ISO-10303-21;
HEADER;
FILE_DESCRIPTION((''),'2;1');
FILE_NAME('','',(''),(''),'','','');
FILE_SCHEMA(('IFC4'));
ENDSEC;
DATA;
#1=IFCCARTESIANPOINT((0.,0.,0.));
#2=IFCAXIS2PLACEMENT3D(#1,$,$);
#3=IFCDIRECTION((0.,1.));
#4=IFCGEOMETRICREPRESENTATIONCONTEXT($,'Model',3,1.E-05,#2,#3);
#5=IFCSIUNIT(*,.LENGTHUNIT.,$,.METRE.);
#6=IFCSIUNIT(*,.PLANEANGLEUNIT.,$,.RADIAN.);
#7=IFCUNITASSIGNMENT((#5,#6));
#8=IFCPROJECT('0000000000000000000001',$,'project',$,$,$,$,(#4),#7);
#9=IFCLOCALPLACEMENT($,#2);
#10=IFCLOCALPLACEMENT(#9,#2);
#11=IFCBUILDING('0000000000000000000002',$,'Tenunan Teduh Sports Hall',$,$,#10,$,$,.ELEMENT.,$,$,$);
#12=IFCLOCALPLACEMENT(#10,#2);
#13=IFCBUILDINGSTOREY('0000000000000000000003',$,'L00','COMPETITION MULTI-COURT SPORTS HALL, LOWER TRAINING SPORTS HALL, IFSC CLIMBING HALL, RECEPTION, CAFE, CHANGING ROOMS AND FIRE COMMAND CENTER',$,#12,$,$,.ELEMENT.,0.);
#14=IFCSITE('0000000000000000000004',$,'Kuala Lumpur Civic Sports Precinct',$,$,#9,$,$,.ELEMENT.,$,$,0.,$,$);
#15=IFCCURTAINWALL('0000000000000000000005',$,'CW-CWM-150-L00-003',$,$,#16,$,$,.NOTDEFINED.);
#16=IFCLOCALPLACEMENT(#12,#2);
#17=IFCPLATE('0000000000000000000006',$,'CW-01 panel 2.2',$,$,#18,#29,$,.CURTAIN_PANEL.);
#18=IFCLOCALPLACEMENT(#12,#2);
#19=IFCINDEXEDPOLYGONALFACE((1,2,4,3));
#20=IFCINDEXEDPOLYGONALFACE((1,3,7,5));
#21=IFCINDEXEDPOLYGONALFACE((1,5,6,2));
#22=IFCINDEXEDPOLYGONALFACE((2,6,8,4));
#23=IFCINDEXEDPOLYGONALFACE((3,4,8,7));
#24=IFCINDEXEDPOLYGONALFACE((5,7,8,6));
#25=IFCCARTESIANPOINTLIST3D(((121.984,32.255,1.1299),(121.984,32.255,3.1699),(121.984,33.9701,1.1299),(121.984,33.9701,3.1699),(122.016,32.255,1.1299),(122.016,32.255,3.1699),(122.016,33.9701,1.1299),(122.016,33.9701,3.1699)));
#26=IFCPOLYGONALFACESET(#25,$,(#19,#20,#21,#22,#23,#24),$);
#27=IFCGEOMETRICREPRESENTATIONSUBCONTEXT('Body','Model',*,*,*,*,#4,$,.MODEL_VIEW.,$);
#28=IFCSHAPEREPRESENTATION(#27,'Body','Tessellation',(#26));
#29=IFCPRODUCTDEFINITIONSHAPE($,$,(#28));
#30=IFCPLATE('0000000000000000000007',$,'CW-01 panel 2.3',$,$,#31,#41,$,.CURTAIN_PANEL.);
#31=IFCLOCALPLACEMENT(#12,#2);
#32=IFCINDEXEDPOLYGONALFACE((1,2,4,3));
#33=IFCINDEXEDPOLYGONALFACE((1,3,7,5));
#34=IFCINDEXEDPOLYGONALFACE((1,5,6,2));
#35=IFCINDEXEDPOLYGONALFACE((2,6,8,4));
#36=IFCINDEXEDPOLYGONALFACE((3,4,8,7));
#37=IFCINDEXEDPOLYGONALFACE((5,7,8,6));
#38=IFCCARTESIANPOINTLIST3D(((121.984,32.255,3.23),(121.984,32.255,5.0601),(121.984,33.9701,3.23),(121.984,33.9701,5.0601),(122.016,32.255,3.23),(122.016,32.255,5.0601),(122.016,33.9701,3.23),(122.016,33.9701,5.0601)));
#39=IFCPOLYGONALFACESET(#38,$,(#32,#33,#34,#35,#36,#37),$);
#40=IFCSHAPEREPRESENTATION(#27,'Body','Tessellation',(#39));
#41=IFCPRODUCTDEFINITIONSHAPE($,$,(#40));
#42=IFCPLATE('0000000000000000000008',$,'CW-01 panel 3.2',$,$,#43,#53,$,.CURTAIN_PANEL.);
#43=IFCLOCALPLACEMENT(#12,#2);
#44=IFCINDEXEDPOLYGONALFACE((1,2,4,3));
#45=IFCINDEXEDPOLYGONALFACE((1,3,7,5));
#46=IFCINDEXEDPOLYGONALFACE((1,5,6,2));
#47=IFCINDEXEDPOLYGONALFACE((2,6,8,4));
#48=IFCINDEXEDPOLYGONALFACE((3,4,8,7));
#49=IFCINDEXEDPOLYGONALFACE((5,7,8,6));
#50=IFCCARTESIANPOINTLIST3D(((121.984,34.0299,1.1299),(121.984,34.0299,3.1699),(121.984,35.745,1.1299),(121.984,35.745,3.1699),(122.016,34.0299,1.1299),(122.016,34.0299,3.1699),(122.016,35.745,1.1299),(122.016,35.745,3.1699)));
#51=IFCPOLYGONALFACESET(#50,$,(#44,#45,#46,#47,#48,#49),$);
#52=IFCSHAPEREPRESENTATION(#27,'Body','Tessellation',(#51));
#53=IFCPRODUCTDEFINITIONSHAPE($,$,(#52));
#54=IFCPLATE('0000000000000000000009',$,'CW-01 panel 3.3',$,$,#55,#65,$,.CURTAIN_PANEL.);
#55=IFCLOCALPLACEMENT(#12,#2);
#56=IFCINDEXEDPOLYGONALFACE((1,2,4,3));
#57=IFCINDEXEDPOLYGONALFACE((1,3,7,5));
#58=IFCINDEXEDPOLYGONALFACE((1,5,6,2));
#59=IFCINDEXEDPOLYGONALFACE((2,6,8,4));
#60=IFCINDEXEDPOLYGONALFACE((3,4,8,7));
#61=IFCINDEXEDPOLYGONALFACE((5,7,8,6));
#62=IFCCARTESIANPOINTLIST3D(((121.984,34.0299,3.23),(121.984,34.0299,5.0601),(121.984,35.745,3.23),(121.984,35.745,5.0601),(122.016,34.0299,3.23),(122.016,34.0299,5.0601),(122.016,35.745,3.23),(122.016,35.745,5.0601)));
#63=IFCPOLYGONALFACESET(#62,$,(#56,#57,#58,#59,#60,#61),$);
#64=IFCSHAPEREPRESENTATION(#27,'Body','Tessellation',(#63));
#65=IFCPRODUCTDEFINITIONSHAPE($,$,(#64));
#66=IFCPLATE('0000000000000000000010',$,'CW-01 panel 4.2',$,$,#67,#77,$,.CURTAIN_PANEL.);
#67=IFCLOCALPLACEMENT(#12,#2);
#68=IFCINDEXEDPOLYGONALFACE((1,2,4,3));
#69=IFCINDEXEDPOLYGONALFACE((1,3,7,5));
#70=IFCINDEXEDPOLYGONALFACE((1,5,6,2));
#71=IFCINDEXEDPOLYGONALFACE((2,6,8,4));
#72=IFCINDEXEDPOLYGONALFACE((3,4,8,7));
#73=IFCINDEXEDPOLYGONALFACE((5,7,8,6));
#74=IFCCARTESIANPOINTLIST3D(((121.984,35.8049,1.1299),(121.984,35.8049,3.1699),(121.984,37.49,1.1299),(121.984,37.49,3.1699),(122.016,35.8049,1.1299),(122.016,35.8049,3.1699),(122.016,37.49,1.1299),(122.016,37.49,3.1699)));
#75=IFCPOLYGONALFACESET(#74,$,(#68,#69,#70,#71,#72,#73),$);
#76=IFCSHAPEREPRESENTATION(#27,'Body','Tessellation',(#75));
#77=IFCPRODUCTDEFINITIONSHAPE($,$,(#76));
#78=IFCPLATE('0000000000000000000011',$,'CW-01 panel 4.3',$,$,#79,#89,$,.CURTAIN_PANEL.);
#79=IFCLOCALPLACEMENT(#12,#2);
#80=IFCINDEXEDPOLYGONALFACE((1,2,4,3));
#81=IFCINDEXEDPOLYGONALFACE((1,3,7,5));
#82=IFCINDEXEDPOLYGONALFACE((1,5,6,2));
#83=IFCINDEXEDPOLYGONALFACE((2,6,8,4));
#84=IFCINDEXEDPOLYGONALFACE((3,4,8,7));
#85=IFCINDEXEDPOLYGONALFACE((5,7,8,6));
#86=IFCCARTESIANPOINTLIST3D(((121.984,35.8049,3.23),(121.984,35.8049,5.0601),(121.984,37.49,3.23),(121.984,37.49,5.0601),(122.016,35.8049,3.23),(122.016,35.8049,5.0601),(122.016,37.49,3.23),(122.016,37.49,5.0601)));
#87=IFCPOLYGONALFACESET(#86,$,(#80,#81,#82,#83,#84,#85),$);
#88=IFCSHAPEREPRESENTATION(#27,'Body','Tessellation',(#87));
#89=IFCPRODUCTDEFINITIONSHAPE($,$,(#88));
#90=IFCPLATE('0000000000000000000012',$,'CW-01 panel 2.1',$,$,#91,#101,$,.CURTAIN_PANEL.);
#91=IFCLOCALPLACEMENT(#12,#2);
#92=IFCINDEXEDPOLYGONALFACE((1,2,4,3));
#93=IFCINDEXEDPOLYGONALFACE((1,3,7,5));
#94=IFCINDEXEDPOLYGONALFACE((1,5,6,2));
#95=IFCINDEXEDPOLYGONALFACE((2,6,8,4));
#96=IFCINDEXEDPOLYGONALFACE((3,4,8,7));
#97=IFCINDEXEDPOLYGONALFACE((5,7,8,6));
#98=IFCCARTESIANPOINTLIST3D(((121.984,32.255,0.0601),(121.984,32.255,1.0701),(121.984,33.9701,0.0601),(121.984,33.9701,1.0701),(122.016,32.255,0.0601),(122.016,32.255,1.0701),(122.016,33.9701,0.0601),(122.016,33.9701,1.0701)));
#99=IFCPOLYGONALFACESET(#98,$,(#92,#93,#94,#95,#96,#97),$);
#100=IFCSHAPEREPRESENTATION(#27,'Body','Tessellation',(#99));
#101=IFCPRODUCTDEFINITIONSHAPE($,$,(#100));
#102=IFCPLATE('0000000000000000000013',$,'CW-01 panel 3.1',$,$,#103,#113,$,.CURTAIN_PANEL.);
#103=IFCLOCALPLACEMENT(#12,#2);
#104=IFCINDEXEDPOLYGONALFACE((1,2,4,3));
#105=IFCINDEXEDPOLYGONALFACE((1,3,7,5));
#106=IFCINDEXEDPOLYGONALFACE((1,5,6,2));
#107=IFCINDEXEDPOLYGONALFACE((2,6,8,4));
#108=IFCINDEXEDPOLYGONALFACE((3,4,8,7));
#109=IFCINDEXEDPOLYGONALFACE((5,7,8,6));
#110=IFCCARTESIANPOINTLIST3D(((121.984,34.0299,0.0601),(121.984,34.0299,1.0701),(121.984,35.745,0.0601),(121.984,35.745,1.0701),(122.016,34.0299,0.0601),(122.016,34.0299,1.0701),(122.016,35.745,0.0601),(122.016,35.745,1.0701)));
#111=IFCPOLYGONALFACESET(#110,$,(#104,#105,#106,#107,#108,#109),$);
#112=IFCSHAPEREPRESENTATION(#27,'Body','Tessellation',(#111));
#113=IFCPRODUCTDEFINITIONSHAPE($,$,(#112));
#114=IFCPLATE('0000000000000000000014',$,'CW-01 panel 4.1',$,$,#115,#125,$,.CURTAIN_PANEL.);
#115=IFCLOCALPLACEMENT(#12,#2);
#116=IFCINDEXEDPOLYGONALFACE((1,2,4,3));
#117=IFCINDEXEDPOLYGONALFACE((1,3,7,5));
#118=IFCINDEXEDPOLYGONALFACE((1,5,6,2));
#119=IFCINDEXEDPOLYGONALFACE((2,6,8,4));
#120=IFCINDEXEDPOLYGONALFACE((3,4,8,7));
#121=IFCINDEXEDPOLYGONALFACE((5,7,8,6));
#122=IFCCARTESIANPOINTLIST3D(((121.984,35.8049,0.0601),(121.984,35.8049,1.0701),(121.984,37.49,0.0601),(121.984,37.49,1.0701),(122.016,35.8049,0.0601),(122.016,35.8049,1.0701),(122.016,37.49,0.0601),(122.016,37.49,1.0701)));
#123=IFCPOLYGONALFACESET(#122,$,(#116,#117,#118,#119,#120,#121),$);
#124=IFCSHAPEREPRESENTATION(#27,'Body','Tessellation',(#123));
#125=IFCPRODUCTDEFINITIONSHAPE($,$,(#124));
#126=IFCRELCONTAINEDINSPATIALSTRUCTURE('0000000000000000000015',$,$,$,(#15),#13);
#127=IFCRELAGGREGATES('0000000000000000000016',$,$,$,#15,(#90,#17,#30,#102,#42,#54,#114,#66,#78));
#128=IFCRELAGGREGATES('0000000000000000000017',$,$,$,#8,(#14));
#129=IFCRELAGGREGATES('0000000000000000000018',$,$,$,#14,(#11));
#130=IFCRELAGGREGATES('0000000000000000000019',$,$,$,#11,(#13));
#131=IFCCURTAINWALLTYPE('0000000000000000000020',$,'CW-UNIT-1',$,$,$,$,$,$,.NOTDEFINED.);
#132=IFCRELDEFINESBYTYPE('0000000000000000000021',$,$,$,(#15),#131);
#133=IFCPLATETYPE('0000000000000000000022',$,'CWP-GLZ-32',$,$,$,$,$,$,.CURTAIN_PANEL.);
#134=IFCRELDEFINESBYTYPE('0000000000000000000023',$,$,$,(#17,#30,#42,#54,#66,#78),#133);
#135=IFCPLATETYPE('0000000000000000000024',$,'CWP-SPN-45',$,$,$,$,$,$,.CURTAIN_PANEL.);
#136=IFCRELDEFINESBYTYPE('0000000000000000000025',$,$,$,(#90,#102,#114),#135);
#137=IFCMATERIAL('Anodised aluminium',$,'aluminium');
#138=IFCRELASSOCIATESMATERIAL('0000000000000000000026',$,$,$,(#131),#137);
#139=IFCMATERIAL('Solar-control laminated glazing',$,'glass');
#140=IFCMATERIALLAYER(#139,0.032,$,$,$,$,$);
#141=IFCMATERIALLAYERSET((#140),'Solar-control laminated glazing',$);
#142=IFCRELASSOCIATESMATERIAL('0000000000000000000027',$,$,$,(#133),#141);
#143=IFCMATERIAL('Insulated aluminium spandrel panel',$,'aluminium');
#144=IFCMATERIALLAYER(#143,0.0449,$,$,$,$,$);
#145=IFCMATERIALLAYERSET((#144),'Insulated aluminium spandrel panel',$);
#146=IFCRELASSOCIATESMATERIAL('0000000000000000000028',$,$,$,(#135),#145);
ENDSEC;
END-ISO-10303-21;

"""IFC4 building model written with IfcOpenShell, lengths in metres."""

from ifc_helpers import new_model, si_unit, direction, frame, origin, origin_2d, place, context, subcontext, project, spatial, rectangle, extrude, material, layer, layer_set, type_object, element, aggregate, save


model = new_model("IFC4")

# Units and contexts
model_context = context("Model", 3, precision=1e-05, world=origin(), true_north=direction((0.0, 1.0)))
body_context = subcontext(model_context, "Body", "Model", "MODEL_VIEW")
ifc_project = project(units=[si_unit("LENGTHUNIT", "METRE"), si_unit("PLANEANGLEUNIT", "RADIAN")], contexts=[model_context])

# Site, building, storey
site_placement = place(None, origin())
site = spatial("IfcSite", under=ifc_project, at=site_placement, Name="Kuala Lumpur Civic Sports Precinct", CompositionType="ELEMENT", RefElevation=0.0)
building_placement = place(site_placement, origin())
building = spatial("IfcBuilding", under=site, at=building_placement, Name="Tenunan Teduh Sports Hall", CompositionType="ELEMENT")
storey_placement = place(building_placement, origin())
storey = spatial("IfcBuildingStorey", under=building, at=storey_placement, Name="L00", Description="COMPETITION MULTI-COURT SPORTS HALL, LOWER TRAINING SPORTS HALL, IFSC CLIMBING HALL, RECEPTION, CAFE, CHANGING ROOMS AND FIRE COMMAND CENTER", CompositionType="ELEMENT", Elevation=0.0)

# Curtain wall, plates
ifc_material_1 = material(Name="Anodised aluminium", Category="aluminium")
curtain_wall_type = type_object("IfcCurtainWallType", Name="CW-UNIT-1", PredefinedType="NOTDEFINED", material=ifc_material_1)
curtain_wall_placement = place(storey_placement, origin())
curtain_wall = element("IfcCurtainWall", 1, at=curtain_wall_placement, inside=storey, type_object=curtain_wall_type, Name="CW-CWM-150-L00-003", PredefinedType="NOTDEFINED")
ifc_material_2 = material(Name="Solar-control laminated glazing", Category="glass")
ifc_layer_1 = layer(ifc_material_2, 0.032)
ifc_layer_set_1 = layer_set([ifc_layer_1], Name="Solar-control laminated glazing")
plate_type_1 = type_object("IfcPlateType", Name="CWP-GLZ-32", PredefinedType="CURTAIN_PANEL", material=ifc_layer_set_1)
plate_1_placement = place(storey_placement, frame((122.0, 33.1125, 1.1299), z_axis=(0.0, 0.0, 1.0), x_axis=(0.0, 1.0, 0.0)))
plate_1 = element("IfcPlate", 2, at=plate_1_placement, type_object=plate_type_1, Name="CW-01 panel 2.2", PredefinedType="CURTAIN_PANEL", context=body_context, shape_type="SweptSolid", body=[
    extrude(rectangle(XDim=1.7151, YDim=0.032, at=origin_2d()), origin(), (0.0, 0.0, 1.0), 2.04),
])
plate_2_placement = place(storey_placement, frame((122.0, 33.1125, 3.23), z_axis=(0.0, 0.0, 1.0), x_axis=(0.0, 1.0, 0.0)))
plate_2 = element("IfcPlate", 3, at=plate_2_placement, type_object=plate_type_1, Name="CW-01 panel 2.3", PredefinedType="CURTAIN_PANEL", context=body_context, shape_type="SweptSolid", body=[
    extrude(rectangle(XDim=1.7151, YDim=0.032, at=origin_2d()), origin(), (0.0, 0.0, 1.0), 1.8301),
])
plate_3_placement = place(storey_placement, frame((122.0, 34.8875, 1.1299), z_axis=(0.0, 0.0, 1.0), x_axis=(0.0, 1.0, 0.0)))
plate_3 = element("IfcPlate", 4, at=plate_3_placement, type_object=plate_type_1, Name="CW-01 panel 3.2", PredefinedType="CURTAIN_PANEL", context=body_context, shape_type="SweptSolid", body=[
    extrude(rectangle(XDim=1.7151, YDim=0.032, at=origin_2d()), origin(), (0.0, 0.0, 1.0), 2.04),
])
plate_4_placement = place(storey_placement, frame((122.0, 34.8875, 3.23), z_axis=(0.0, 0.0, 1.0), x_axis=(0.0, 1.0, 0.0)))
plate_4 = element("IfcPlate", 5, at=plate_4_placement, type_object=plate_type_1, Name="CW-01 panel 3.3", PredefinedType="CURTAIN_PANEL", context=body_context, shape_type="SweptSolid", body=[
    extrude(rectangle(XDim=1.7151, YDim=0.032, at=origin_2d()), origin(), (0.0, 0.0, 1.0), 1.8301),
])
plate_5_placement = place(storey_placement, frame((122.0, 36.6475, 1.1299), z_axis=(0.0, 0.0, 1.0), x_axis=(0.0, 1.0, 0.0)))
plate_5 = element("IfcPlate", 6, at=plate_5_placement, type_object=plate_type_1, Name="CW-01 panel 4.2", PredefinedType="CURTAIN_PANEL", context=body_context, shape_type="SweptSolid", body=[
    extrude(rectangle(XDim=1.6851, YDim=0.032, at=origin_2d()), origin(), (0.0, 0.0, 1.0), 2.04),
])
plate_6_placement = place(storey_placement, frame((122.0, 36.6475, 3.23), z_axis=(0.0, 0.0, 1.0), x_axis=(0.0, 1.0, 0.0)))
plate_6 = element("IfcPlate", 7, at=plate_6_placement, type_object=plate_type_1, Name="CW-01 panel 4.3", PredefinedType="CURTAIN_PANEL", context=body_context, shape_type="SweptSolid", body=[
    extrude(rectangle(XDim=1.6851, YDim=0.032, at=origin_2d()), origin(), (0.0, 0.0, 1.0), 1.8301),
])
ifc_material_3 = material(Name="Insulated aluminium spandrel panel", Category="aluminium")
ifc_layer_2 = layer(ifc_material_3, 0.0449)
ifc_layer_set_2 = layer_set([ifc_layer_2], Name="Insulated aluminium spandrel panel")
plate_type_2 = type_object("IfcPlateType", Name="CWP-SPN-45", PredefinedType="CURTAIN_PANEL", material=ifc_layer_set_2)
plate_7_placement = place(storey_placement, frame((122.0, 33.1125, 0.0601), z_axis=(0.0, 0.0, 1.0), x_axis=(0.0, 1.0, 0.0)))
plate_7 = element("IfcPlate", 8, at=plate_7_placement, type_object=plate_type_2, Name="CW-01 panel 2.1", PredefinedType="CURTAIN_PANEL", context=body_context, shape_type="SweptSolid", body=[
    extrude(rectangle(XDim=1.7151, YDim=0.032, at=origin_2d()), origin(), (0.0, 0.0, 1.0), 1.01),
])
plate_8_placement = place(storey_placement, frame((122.0, 34.8875, 0.0601), z_axis=(0.0, 0.0, 1.0), x_axis=(0.0, 1.0, 0.0)))
plate_8 = element("IfcPlate", 9, at=plate_8_placement, type_object=plate_type_2, Name="CW-01 panel 3.1", PredefinedType="CURTAIN_PANEL", context=body_context, shape_type="SweptSolid", body=[
    extrude(rectangle(XDim=1.7151, YDim=0.032, at=origin_2d()), origin(), (0.0, 0.0, 1.0), 1.01),
])
plate_9_placement = place(storey_placement, frame((122.0, 36.6475, 0.0601), z_axis=(0.0, 0.0, 1.0), x_axis=(0.0, 1.0, 0.0)))
plate_9 = element("IfcPlate", 10, at=plate_9_placement, type_object=plate_type_2, Name="CW-01 panel 4.1", PredefinedType="CURTAIN_PANEL", context=body_context, shape_type="SweptSolid", body=[
    extrude(rectangle(XDim=1.6851, YDim=0.032, at=origin_2d()), origin(), (0.0, 0.0, 1.0), 1.01),
])
aggregate(curtain_wall, [plate_7, plate_1, plate_2, plate_8, plate_3, plate_4, plate_9, plate_5, plate_6])

save(model, "model.ifc")
